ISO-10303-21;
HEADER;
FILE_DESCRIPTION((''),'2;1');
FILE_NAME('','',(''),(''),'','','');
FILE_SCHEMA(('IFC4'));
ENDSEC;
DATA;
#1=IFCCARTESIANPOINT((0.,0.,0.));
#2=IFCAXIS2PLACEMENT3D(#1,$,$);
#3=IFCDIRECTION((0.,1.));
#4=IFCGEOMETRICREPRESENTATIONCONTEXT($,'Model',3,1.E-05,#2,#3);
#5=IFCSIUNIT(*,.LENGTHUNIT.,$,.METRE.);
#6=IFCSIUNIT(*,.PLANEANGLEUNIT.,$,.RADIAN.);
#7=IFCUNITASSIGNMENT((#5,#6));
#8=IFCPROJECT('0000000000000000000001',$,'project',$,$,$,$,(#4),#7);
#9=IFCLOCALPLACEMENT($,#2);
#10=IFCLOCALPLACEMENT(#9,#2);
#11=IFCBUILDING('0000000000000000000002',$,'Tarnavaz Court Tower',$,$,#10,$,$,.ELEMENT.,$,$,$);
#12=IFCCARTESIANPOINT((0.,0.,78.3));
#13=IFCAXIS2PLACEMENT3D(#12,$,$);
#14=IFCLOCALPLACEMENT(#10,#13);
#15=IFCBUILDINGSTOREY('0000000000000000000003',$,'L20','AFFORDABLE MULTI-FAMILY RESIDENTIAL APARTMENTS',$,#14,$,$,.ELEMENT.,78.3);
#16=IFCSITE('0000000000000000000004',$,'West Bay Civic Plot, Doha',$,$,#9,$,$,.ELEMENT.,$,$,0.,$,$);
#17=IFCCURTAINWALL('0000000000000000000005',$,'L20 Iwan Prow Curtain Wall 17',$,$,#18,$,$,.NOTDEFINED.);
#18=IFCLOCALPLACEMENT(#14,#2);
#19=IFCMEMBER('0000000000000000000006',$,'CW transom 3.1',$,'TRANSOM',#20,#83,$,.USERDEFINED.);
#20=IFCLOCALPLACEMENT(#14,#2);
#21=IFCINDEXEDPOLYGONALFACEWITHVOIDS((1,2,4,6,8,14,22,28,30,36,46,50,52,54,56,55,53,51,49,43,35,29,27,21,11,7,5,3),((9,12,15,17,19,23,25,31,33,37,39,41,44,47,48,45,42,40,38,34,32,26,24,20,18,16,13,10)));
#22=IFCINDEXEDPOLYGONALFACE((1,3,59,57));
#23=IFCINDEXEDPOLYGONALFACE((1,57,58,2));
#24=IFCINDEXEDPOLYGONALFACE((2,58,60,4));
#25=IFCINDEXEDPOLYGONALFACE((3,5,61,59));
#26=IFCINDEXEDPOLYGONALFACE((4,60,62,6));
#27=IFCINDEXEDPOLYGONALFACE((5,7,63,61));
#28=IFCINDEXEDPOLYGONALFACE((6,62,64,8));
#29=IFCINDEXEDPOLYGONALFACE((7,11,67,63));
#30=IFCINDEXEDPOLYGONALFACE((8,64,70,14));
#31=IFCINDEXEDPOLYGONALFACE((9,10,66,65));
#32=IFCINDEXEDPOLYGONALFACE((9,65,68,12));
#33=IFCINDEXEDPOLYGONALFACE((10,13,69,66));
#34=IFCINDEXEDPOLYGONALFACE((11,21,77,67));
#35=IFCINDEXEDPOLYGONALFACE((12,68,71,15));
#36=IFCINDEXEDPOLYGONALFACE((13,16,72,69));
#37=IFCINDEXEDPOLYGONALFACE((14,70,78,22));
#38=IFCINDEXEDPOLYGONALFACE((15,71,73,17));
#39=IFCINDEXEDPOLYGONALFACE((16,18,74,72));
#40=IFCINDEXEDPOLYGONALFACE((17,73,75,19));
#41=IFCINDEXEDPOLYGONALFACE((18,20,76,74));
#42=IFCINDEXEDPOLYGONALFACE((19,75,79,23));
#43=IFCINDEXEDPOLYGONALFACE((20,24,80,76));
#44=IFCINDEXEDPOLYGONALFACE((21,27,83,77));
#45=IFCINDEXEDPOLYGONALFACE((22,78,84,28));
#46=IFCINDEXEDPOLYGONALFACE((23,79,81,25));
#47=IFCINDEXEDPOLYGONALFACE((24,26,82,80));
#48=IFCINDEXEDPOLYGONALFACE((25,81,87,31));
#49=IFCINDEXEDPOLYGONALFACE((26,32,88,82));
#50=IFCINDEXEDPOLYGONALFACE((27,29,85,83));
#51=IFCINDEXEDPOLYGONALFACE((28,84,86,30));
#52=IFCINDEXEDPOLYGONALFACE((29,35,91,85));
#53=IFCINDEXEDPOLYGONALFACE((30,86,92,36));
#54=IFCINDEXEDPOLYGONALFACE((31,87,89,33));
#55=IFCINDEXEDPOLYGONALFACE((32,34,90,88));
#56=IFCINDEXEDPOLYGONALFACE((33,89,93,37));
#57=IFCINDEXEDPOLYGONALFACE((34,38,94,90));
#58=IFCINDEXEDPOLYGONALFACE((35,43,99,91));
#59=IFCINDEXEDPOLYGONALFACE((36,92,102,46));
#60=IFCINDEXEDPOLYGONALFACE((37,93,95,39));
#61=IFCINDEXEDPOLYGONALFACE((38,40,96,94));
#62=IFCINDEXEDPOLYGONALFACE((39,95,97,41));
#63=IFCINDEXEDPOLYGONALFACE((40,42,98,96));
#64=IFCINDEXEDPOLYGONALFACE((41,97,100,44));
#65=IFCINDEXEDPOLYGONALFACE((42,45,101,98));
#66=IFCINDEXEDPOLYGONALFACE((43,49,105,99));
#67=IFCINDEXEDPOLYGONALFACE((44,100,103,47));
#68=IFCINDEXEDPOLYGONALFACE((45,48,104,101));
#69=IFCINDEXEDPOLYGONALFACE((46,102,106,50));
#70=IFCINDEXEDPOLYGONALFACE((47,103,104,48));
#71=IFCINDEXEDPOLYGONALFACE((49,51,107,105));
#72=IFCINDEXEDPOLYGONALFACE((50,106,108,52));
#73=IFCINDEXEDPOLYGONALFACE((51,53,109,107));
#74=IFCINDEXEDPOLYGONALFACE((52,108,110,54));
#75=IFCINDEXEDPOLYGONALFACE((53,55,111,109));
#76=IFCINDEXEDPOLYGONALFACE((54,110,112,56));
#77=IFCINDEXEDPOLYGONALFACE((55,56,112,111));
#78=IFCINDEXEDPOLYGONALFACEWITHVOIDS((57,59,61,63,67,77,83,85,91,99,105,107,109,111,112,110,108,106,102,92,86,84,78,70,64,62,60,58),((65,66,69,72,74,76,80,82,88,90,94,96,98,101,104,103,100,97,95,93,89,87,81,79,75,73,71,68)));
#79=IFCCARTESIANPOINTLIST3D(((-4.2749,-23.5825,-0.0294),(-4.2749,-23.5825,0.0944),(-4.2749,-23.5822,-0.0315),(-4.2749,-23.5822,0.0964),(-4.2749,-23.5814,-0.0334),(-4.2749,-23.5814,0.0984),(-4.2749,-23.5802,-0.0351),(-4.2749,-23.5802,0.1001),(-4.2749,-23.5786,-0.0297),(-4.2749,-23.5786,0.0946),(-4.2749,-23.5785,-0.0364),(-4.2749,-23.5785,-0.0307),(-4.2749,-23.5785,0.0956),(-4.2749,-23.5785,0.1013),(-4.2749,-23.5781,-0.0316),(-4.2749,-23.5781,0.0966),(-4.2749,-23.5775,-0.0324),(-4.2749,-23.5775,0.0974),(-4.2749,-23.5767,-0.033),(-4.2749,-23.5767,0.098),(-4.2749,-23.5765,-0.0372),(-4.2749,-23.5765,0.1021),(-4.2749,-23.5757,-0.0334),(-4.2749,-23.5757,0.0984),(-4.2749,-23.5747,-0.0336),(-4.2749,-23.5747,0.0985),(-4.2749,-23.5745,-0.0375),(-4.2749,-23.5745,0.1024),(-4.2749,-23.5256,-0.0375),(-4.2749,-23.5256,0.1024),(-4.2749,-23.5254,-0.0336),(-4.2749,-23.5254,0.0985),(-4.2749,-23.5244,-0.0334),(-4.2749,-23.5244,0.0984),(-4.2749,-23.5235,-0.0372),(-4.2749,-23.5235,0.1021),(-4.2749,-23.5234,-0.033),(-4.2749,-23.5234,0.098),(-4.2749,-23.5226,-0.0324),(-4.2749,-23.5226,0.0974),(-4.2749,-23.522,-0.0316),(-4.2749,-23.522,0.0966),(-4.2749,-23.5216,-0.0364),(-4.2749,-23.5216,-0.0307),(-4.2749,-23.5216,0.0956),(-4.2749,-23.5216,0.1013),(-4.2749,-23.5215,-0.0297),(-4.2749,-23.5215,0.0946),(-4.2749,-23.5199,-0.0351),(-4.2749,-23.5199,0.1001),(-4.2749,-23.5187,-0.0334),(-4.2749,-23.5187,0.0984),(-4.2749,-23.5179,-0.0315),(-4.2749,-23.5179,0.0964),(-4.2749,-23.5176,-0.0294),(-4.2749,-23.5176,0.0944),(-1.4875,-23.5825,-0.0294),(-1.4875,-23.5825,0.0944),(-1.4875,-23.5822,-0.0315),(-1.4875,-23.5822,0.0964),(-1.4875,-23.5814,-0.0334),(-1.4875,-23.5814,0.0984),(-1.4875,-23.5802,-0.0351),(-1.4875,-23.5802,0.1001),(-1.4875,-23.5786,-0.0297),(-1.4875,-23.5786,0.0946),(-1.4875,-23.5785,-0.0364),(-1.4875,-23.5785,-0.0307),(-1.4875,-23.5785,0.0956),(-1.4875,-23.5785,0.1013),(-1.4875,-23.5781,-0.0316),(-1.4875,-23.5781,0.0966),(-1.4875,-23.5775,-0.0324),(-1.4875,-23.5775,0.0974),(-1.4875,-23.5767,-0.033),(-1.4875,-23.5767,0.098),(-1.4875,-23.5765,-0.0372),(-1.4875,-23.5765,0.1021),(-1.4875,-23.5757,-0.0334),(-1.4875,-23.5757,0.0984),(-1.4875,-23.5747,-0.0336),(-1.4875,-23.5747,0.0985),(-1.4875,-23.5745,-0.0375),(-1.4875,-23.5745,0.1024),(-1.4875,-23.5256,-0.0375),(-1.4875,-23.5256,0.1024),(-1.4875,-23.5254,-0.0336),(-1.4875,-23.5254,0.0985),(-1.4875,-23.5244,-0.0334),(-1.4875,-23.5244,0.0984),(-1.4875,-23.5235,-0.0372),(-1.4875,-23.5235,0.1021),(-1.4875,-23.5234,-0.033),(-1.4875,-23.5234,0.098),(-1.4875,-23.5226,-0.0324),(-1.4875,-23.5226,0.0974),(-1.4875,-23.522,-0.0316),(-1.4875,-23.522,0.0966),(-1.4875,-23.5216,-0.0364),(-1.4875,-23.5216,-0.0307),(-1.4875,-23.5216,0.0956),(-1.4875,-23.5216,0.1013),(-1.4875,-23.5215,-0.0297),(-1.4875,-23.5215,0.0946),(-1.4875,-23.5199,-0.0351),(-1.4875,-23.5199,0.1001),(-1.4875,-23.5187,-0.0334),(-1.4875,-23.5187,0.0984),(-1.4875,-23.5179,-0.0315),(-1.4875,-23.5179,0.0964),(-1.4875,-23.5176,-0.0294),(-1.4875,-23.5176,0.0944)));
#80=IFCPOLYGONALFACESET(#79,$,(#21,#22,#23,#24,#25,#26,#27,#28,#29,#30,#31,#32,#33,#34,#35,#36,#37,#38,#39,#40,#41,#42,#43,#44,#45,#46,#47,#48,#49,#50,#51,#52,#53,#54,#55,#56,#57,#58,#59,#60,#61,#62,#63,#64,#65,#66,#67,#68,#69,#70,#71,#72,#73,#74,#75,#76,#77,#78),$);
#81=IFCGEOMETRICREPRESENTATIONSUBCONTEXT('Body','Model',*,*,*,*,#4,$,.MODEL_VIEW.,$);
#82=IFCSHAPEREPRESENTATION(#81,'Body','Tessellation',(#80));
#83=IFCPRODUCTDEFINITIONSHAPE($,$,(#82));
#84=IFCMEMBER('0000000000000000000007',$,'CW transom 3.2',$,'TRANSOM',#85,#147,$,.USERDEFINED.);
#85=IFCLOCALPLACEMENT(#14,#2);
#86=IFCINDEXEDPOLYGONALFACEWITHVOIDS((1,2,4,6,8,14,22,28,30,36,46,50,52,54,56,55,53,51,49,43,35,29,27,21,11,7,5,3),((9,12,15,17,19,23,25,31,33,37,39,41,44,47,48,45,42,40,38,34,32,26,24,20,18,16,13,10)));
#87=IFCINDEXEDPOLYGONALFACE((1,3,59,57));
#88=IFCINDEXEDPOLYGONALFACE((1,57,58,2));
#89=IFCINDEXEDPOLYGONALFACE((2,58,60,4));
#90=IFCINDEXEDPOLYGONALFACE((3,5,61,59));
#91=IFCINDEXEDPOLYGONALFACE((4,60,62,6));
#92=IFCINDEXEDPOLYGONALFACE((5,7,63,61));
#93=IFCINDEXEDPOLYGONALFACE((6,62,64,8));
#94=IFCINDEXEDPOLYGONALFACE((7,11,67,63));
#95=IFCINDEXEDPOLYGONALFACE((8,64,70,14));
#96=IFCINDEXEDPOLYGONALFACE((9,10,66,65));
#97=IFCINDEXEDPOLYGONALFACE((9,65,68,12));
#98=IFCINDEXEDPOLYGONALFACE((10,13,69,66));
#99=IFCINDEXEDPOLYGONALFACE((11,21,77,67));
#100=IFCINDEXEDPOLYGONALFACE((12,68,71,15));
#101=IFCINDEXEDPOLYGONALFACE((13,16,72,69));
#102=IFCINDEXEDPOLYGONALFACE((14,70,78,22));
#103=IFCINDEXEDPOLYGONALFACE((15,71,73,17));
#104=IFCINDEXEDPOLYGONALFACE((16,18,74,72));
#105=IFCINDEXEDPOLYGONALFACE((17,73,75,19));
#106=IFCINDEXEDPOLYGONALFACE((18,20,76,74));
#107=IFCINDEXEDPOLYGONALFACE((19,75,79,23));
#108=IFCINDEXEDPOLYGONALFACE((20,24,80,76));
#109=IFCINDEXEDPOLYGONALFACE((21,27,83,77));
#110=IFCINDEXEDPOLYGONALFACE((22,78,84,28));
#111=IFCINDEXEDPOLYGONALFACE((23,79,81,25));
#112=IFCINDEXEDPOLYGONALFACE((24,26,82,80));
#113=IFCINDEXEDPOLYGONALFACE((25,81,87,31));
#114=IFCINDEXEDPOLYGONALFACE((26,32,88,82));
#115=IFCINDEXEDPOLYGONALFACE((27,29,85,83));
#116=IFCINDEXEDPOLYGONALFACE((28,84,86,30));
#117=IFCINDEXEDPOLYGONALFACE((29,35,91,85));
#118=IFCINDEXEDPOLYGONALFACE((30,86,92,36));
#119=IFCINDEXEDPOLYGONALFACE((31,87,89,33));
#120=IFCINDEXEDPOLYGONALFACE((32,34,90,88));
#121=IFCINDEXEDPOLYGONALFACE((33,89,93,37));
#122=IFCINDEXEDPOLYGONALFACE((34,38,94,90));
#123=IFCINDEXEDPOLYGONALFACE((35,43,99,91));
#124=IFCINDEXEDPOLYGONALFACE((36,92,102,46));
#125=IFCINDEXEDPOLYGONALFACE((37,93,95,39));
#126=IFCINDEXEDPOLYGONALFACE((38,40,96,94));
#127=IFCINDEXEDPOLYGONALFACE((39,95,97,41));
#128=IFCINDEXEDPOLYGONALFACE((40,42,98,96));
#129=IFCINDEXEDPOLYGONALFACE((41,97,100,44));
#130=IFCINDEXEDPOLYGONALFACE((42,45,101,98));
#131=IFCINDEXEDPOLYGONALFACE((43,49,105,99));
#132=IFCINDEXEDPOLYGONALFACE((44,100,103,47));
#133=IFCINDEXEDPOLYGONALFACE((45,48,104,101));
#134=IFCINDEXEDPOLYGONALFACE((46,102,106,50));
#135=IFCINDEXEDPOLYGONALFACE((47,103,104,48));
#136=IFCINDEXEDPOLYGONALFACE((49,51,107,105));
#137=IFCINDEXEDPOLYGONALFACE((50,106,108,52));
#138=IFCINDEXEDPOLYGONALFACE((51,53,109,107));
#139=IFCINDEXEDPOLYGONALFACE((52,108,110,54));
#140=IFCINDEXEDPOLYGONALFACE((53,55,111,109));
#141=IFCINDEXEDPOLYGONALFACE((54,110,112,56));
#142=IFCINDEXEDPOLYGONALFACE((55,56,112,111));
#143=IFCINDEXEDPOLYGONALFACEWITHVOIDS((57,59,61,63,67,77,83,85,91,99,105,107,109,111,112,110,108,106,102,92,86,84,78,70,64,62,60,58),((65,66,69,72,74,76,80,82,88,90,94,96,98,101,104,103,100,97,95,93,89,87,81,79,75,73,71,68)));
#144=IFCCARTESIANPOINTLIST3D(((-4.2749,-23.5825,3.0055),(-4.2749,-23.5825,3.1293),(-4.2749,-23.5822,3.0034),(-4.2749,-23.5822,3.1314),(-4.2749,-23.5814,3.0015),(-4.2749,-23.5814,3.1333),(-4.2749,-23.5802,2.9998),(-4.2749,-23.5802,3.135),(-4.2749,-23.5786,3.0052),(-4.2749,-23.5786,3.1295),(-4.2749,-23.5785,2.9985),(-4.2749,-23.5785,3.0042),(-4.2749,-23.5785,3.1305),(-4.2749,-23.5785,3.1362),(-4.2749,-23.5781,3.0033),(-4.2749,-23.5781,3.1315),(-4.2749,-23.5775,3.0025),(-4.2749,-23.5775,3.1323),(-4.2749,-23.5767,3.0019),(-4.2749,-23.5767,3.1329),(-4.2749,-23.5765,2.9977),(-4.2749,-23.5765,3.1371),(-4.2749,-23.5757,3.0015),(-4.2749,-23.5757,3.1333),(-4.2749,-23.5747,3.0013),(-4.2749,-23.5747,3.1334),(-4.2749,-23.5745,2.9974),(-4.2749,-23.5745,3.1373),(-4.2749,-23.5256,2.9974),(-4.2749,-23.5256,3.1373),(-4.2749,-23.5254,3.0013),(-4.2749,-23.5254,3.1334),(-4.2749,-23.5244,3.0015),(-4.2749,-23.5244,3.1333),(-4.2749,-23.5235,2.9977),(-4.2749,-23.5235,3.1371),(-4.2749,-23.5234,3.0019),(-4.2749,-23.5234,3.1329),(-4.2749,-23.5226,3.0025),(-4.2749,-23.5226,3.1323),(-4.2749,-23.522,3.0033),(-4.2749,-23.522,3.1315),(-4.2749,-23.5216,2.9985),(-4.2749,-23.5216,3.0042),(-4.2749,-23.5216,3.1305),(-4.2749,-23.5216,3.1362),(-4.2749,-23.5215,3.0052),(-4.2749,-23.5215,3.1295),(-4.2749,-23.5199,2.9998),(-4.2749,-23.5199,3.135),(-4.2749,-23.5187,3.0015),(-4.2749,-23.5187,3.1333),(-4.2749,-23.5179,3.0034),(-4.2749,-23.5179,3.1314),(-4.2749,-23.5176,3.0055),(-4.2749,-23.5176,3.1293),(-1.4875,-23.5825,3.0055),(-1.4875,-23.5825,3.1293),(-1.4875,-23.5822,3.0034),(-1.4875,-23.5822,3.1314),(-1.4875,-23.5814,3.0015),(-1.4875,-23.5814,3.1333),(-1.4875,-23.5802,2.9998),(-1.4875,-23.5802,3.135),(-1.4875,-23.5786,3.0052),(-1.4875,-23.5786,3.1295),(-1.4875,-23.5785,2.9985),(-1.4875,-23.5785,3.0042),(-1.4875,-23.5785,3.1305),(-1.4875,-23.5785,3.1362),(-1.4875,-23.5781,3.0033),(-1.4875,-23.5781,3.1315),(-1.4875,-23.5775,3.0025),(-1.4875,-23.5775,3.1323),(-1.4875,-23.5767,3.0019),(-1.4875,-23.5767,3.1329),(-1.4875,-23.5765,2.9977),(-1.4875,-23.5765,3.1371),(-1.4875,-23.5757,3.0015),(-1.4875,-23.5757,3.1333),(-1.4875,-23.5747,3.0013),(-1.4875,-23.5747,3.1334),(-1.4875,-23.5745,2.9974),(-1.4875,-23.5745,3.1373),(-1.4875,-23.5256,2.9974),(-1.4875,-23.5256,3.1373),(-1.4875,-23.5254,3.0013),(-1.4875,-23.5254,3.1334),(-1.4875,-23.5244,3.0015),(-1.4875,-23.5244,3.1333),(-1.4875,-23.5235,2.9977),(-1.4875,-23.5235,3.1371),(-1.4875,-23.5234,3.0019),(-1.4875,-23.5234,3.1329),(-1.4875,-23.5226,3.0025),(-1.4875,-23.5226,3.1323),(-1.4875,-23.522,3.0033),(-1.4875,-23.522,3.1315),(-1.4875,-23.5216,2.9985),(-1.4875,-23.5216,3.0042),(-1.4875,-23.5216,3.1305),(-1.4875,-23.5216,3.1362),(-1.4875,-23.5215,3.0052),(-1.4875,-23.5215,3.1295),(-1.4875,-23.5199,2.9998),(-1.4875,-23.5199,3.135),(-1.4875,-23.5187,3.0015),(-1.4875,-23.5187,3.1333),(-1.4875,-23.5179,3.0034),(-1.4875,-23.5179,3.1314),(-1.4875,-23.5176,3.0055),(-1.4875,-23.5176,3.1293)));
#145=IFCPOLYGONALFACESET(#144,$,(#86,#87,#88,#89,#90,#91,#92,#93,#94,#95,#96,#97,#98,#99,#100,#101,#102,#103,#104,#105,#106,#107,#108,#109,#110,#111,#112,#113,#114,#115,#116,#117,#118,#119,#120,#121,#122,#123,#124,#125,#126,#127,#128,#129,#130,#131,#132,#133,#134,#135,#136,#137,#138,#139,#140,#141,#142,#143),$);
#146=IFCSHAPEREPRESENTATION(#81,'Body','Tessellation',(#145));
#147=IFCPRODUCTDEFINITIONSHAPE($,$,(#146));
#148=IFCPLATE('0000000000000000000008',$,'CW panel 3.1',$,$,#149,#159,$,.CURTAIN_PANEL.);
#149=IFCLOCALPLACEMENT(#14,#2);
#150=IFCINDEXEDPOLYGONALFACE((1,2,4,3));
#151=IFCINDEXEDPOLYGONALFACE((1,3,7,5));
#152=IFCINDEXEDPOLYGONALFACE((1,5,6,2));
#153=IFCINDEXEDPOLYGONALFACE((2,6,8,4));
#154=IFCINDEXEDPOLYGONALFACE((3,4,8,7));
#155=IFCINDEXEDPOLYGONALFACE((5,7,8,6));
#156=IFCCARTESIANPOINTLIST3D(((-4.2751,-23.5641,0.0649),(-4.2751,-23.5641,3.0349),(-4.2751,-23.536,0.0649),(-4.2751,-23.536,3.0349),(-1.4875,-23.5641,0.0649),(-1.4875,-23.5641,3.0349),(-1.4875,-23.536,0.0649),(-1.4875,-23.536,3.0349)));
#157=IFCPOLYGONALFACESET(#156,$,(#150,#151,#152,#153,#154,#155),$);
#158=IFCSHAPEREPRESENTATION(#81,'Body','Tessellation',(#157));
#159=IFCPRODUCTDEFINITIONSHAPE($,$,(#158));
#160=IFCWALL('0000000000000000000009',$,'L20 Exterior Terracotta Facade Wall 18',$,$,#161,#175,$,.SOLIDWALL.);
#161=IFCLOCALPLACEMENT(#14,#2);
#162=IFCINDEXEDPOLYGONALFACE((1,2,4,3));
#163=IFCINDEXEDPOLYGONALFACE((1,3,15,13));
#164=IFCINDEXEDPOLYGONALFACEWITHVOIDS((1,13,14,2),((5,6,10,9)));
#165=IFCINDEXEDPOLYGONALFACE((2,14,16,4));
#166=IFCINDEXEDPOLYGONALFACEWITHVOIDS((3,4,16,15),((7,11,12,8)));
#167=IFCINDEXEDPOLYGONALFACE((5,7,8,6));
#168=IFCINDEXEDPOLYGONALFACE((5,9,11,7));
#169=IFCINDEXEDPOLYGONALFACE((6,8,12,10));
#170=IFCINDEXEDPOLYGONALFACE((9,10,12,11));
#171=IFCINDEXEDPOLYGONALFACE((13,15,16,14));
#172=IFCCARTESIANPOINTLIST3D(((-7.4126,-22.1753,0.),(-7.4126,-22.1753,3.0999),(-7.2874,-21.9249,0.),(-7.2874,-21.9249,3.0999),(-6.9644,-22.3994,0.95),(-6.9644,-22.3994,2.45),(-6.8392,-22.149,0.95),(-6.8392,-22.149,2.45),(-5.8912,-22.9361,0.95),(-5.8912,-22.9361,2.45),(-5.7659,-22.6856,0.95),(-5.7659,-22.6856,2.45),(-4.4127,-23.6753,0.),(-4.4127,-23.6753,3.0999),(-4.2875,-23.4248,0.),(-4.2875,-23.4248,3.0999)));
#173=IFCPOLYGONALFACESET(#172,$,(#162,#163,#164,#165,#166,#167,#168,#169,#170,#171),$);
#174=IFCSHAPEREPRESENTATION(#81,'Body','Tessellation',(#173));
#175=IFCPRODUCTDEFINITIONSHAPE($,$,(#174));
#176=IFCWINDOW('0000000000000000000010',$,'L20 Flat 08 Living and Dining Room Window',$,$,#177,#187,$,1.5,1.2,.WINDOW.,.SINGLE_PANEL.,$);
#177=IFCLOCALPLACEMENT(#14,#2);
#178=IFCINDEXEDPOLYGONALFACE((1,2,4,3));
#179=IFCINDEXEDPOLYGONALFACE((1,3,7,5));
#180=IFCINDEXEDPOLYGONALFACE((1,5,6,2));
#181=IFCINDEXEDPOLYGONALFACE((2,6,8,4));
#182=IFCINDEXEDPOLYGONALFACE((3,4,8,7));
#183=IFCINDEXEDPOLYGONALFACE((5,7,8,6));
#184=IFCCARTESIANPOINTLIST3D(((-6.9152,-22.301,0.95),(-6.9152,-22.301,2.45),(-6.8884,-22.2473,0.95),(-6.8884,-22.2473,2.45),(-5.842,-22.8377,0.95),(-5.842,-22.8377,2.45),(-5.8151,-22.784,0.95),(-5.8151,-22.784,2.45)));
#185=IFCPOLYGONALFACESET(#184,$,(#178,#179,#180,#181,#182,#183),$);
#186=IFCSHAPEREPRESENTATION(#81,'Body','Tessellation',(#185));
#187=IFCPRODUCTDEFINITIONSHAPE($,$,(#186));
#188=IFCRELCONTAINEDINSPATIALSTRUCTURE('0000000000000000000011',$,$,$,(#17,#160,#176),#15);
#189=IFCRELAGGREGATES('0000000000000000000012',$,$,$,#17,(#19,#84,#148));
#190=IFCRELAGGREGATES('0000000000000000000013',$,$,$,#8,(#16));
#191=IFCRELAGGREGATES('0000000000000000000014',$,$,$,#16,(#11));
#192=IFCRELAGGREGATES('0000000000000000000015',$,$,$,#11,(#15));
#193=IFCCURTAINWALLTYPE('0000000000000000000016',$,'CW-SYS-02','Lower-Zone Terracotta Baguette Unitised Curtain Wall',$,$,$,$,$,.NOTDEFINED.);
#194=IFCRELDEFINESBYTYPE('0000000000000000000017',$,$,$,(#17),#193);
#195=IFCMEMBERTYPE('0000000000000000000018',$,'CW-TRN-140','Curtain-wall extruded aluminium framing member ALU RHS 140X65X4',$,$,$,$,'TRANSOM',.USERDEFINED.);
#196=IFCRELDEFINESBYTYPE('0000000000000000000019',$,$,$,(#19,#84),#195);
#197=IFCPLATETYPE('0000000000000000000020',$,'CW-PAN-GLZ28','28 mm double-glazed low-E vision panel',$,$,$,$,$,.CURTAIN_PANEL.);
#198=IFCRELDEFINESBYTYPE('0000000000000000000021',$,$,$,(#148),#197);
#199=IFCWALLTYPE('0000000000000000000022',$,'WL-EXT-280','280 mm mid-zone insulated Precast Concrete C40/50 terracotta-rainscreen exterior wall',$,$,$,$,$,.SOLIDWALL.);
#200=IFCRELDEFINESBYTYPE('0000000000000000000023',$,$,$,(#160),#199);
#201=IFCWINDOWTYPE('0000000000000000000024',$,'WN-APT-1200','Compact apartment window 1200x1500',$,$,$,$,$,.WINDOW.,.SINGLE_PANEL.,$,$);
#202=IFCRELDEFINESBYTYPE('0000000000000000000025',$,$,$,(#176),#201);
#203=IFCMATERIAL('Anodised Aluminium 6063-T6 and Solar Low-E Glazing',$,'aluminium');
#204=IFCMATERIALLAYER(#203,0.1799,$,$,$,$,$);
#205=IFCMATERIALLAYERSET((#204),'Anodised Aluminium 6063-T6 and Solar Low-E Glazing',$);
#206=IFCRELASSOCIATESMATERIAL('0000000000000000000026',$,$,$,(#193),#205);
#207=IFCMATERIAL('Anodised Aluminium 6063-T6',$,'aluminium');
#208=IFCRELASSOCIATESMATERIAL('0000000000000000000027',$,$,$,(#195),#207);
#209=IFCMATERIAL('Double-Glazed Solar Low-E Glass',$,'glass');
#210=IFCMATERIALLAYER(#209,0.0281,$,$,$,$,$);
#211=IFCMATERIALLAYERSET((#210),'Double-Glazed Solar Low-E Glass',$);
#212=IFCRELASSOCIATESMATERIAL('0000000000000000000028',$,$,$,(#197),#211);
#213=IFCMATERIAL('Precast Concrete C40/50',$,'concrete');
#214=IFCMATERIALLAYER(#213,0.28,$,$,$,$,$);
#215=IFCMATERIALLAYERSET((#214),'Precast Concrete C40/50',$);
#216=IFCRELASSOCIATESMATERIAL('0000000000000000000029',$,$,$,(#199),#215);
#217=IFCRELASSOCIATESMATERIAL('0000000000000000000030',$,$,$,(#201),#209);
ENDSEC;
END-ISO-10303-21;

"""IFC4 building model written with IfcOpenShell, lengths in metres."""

from ifc_helpers import new_model, si_unit, direction, frame, frame_2d, origin, origin_2d, place, context, subcontext, project, spatial, rectangle, hollow_rectangle, extrude, material, layer, layer_set, material_profile, profile_set, type_object, element, fill, aggregate, save


model = new_model("IFC4")

# Units and contexts
model_context = context("Model", 3, precision=1e-05, world=origin(), true_north=direction((0.0, 1.0)))
body_context = subcontext(model_context, "Body", "Model", "MODEL_VIEW")
ifc_project = project(units=[si_unit("LENGTHUNIT", "METRE"), si_unit("PLANEANGLEUNIT", "RADIAN")], contexts=[model_context])

# Site, building, storey
site_placement = place(None, origin())
site = spatial("IfcSite", under=ifc_project, at=site_placement, Name="West Bay Civic Plot, Doha", CompositionType="ELEMENT", RefElevation=0.0)
building_placement = place(site_placement, origin())
building = spatial("IfcBuilding", under=site, at=building_placement, Name="Tarnavaz Court Tower", CompositionType="ELEMENT")
storey_placement = place(building_placement, frame((0.0, 0.0, 78.3)))
storey = spatial("IfcBuildingStorey", under=building, at=storey_placement, Name="L20", Description="AFFORDABLE MULTI-FAMILY RESIDENTIAL APARTMENTS", CompositionType="ELEMENT", Elevation=78.3)

# Curtain wall, members, plate
ifc_material_1 = material(Name="Anodised Aluminium 6063-T6 and Solar Low-E Glazing", Category="aluminium")
ifc_layer_1 = layer(ifc_material_1, 0.1799)
ifc_layer_set_1 = layer_set([ifc_layer_1], Name="Anodised Aluminium 6063-T6 and Solar Low-E Glazing")
curtain_wall_type = type_object("IfcCurtainWallType", Name="CW-SYS-02", Description="Lower-Zone Terracotta Baguette Unitised Curtain Wall", PredefinedType="NOTDEFINED", material=ifc_layer_set_1)
curtain_wall_placement = place(storey_placement, origin())
curtain_wall = element("IfcCurtainWall", 1, at=curtain_wall_placement, inside=storey, type_object=curtain_wall_type, Name="L20 Iwan Prow Curtain Wall 17", PredefinedType="NOTDEFINED")
ifc_material_2 = material(Name="Anodised Aluminium 6063-T6", Category="aluminium")
ifc_material_profile_1 = material_profile(ifc_material_2, hollow_rectangle(XDim=0.0649, YDim=0.1399, WallThickness=0.0039, InnerFilletRadius=0.0039, OuterFilletRadius=0.0081, at=origin_2d()), Name="ALU RHS 140X65X4")
ifc_profile_set_1 = profile_set([ifc_material_profile_1], Name="Anodised Aluminium 6063-T6")
member_type_1 = type_object("IfcMemberType", Name="CW-TRN-140", Description="Curtain-wall extruded aluminium framing member ALU RHS 140X65X4", ElementType="TRANSOM", PredefinedType="USERDEFINED", material=ifc_profile_set_1)
member_1_placement = place(storey_placement, frame((-1.4875, -23.55, 0.0325), z_axis=(-1.0, 0.0, 0.0), x_axis=(0.0, -1.0, 0.0)))
member_1 = element("IfcMember", 2, at=member_1_placement, type_object=member_type_1, Name="CW transom 3.1", ObjectType="TRANSOM", PredefinedType="USERDEFINED", context=body_context, shape_type="SweptSolid", body=[
    extrude(hollow_rectangle(XDim=0.0649, YDim=0.1399, WallThickness=0.0039, InnerFilletRadius=0.0039, OuterFilletRadius=0.0081, at=origin_2d()), origin(), (0.0, 0.0, 1.0), 2.7874),
])
member_2_placement = place(storey_placement, frame((-1.4875, -23.55, 3.0674), z_axis=(-1.0, 0.0, 0.0), x_axis=(0.0, -1.0, 0.0)))
member_2 = element("IfcMember", 3, at=member_2_placement, type_object=member_type_1, Name="CW transom 3.2", ObjectType="TRANSOM", PredefinedType="USERDEFINED", context=body_context, shape_type="SweptSolid", body=[
    extrude(hollow_rectangle(XDim=0.0649, YDim=0.1399, WallThickness=0.0039, InnerFilletRadius=0.0039, OuterFilletRadius=0.0081, at=origin_2d()), origin(), (0.0, 0.0, 1.0), 2.7874),
])
ifc_material_3 = material(Name="Double-Glazed Solar Low-E Glass", Category="glass")
ifc_layer_2 = layer(ifc_material_3, 0.0281)
ifc_layer_set_2 = layer_set([ifc_layer_2], Name="Double-Glazed Solar Low-E Glass")
plate_type = type_object("IfcPlateType", Name="CW-PAN-GLZ28", Description="28 mm double-glazed low-E vision panel", PredefinedType="CURTAIN_PANEL", material=ifc_layer_set_2)
plate_placement = place(storey_placement, frame((-2.8813, -23.55, 0.0649), z_axis=(0.0, 0.0, 1.0), x_axis=(-1.0, 0.0, 0.0)))
plate = element("IfcPlate", 4, at=plate_placement, type_object=plate_type, Name="CW panel 3.1", PredefinedType="CURTAIN_PANEL", context=body_context, shape_type="SweptSolid", body=[
    extrude(rectangle(XDim=2.7876, YDim=0.0281, at=origin_2d()), origin(), (0.0, 0.0, 1.0), 2.97),
])
aggregate(curtain_wall, [member_1, member_2, plate])

# Wall, opening, window
ifc_material_4 = material(Name="Precast Concrete C40/50", Category="concrete")
ifc_layer_3 = layer(ifc_material_4, 0.28)
ifc_layer_set_3 = layer_set([ifc_layer_3], Name="Precast Concrete C40/50")
wall_type_1 = type_object("IfcWallType", Name="WL-EXT-280", Description="280 mm mid-zone insulated Precast Concrete C40/50 terracotta-rainscreen exterior wall", PredefinedType="SOLIDWALL", material=ifc_layer_set_3)
wall_1_placement = place(storey_placement, frame((-4.3501, -23.55, 0.0), z_axis=(0.0, 0.0, 1.0), x_axis=(-0.894427, 0.447214, 0.0)))
wall_1 = element("IfcWall", 5, at=wall_1_placement, inside=storey, type_object=wall_type_1, Name="L20 Exterior Terracotta Facade Wall 18", PredefinedType="SOLIDWALL", context=body_context, shape_type="SweptSolid", body=[
    extrude(rectangle(XDim=3.354, YDim=0.28, at=frame_2d((1.677, 0.0))), origin(), (0.0, 0.0, 1.0), 3.0999),
])
opening_1_placement = place(wall_1_placement, frame((1.6528, 0.0, 0.95)))
opening_1 = element("IfcOpeningElement", 6, at=opening_1_placement, cuts=wall_1, PredefinedType="OPENING", context=body_context, shape_type="SweptSolid", body=[
    extrude(rectangle(XDim=1.2, YDim=1.5, at=frame_2d((0.6001, 0.75))), frame((0.0, 0.1499, 0.0), z_axis=(0.0, -1.0, 0.0), x_axis=(1.0, 0.0, 0.0)), (0.0, 0.0, 1.0), 0.3),
])
window_type_1 = type_object("IfcWindowType", Name="WN-APT-1200", Description="Compact apartment window 1200x1500", PartitioningType="SINGLE_PANEL", PredefinedType="WINDOW", material=ifc_material_3)
window_1_placement = place(opening_1_placement, origin())
window_1 = element("IfcWindow", 7, at=window_1_placement, inside=storey, type_object=window_type_1, Name="L20 Flat 08 Living and Dining Room Window", OverallHeight=1.5, OverallWidth=1.2, PartitioningType="SINGLE_PANEL", PredefinedType="WINDOW", context=body_context, shape_type="SweptSolid", body=[
    extrude(rectangle(XDim=1.2, YDim=1.5, at=frame_2d((0.6001, 0.75))), frame((0.0, 0.03, 0.0), z_axis=(0.0, -1.0, 0.0), x_axis=(1.0, 0.0, 0.0)), (0.0, 0.0, 1.0), 0.0601),
])
fill(opening_1, window_1)

save(model, "model.ifc")
